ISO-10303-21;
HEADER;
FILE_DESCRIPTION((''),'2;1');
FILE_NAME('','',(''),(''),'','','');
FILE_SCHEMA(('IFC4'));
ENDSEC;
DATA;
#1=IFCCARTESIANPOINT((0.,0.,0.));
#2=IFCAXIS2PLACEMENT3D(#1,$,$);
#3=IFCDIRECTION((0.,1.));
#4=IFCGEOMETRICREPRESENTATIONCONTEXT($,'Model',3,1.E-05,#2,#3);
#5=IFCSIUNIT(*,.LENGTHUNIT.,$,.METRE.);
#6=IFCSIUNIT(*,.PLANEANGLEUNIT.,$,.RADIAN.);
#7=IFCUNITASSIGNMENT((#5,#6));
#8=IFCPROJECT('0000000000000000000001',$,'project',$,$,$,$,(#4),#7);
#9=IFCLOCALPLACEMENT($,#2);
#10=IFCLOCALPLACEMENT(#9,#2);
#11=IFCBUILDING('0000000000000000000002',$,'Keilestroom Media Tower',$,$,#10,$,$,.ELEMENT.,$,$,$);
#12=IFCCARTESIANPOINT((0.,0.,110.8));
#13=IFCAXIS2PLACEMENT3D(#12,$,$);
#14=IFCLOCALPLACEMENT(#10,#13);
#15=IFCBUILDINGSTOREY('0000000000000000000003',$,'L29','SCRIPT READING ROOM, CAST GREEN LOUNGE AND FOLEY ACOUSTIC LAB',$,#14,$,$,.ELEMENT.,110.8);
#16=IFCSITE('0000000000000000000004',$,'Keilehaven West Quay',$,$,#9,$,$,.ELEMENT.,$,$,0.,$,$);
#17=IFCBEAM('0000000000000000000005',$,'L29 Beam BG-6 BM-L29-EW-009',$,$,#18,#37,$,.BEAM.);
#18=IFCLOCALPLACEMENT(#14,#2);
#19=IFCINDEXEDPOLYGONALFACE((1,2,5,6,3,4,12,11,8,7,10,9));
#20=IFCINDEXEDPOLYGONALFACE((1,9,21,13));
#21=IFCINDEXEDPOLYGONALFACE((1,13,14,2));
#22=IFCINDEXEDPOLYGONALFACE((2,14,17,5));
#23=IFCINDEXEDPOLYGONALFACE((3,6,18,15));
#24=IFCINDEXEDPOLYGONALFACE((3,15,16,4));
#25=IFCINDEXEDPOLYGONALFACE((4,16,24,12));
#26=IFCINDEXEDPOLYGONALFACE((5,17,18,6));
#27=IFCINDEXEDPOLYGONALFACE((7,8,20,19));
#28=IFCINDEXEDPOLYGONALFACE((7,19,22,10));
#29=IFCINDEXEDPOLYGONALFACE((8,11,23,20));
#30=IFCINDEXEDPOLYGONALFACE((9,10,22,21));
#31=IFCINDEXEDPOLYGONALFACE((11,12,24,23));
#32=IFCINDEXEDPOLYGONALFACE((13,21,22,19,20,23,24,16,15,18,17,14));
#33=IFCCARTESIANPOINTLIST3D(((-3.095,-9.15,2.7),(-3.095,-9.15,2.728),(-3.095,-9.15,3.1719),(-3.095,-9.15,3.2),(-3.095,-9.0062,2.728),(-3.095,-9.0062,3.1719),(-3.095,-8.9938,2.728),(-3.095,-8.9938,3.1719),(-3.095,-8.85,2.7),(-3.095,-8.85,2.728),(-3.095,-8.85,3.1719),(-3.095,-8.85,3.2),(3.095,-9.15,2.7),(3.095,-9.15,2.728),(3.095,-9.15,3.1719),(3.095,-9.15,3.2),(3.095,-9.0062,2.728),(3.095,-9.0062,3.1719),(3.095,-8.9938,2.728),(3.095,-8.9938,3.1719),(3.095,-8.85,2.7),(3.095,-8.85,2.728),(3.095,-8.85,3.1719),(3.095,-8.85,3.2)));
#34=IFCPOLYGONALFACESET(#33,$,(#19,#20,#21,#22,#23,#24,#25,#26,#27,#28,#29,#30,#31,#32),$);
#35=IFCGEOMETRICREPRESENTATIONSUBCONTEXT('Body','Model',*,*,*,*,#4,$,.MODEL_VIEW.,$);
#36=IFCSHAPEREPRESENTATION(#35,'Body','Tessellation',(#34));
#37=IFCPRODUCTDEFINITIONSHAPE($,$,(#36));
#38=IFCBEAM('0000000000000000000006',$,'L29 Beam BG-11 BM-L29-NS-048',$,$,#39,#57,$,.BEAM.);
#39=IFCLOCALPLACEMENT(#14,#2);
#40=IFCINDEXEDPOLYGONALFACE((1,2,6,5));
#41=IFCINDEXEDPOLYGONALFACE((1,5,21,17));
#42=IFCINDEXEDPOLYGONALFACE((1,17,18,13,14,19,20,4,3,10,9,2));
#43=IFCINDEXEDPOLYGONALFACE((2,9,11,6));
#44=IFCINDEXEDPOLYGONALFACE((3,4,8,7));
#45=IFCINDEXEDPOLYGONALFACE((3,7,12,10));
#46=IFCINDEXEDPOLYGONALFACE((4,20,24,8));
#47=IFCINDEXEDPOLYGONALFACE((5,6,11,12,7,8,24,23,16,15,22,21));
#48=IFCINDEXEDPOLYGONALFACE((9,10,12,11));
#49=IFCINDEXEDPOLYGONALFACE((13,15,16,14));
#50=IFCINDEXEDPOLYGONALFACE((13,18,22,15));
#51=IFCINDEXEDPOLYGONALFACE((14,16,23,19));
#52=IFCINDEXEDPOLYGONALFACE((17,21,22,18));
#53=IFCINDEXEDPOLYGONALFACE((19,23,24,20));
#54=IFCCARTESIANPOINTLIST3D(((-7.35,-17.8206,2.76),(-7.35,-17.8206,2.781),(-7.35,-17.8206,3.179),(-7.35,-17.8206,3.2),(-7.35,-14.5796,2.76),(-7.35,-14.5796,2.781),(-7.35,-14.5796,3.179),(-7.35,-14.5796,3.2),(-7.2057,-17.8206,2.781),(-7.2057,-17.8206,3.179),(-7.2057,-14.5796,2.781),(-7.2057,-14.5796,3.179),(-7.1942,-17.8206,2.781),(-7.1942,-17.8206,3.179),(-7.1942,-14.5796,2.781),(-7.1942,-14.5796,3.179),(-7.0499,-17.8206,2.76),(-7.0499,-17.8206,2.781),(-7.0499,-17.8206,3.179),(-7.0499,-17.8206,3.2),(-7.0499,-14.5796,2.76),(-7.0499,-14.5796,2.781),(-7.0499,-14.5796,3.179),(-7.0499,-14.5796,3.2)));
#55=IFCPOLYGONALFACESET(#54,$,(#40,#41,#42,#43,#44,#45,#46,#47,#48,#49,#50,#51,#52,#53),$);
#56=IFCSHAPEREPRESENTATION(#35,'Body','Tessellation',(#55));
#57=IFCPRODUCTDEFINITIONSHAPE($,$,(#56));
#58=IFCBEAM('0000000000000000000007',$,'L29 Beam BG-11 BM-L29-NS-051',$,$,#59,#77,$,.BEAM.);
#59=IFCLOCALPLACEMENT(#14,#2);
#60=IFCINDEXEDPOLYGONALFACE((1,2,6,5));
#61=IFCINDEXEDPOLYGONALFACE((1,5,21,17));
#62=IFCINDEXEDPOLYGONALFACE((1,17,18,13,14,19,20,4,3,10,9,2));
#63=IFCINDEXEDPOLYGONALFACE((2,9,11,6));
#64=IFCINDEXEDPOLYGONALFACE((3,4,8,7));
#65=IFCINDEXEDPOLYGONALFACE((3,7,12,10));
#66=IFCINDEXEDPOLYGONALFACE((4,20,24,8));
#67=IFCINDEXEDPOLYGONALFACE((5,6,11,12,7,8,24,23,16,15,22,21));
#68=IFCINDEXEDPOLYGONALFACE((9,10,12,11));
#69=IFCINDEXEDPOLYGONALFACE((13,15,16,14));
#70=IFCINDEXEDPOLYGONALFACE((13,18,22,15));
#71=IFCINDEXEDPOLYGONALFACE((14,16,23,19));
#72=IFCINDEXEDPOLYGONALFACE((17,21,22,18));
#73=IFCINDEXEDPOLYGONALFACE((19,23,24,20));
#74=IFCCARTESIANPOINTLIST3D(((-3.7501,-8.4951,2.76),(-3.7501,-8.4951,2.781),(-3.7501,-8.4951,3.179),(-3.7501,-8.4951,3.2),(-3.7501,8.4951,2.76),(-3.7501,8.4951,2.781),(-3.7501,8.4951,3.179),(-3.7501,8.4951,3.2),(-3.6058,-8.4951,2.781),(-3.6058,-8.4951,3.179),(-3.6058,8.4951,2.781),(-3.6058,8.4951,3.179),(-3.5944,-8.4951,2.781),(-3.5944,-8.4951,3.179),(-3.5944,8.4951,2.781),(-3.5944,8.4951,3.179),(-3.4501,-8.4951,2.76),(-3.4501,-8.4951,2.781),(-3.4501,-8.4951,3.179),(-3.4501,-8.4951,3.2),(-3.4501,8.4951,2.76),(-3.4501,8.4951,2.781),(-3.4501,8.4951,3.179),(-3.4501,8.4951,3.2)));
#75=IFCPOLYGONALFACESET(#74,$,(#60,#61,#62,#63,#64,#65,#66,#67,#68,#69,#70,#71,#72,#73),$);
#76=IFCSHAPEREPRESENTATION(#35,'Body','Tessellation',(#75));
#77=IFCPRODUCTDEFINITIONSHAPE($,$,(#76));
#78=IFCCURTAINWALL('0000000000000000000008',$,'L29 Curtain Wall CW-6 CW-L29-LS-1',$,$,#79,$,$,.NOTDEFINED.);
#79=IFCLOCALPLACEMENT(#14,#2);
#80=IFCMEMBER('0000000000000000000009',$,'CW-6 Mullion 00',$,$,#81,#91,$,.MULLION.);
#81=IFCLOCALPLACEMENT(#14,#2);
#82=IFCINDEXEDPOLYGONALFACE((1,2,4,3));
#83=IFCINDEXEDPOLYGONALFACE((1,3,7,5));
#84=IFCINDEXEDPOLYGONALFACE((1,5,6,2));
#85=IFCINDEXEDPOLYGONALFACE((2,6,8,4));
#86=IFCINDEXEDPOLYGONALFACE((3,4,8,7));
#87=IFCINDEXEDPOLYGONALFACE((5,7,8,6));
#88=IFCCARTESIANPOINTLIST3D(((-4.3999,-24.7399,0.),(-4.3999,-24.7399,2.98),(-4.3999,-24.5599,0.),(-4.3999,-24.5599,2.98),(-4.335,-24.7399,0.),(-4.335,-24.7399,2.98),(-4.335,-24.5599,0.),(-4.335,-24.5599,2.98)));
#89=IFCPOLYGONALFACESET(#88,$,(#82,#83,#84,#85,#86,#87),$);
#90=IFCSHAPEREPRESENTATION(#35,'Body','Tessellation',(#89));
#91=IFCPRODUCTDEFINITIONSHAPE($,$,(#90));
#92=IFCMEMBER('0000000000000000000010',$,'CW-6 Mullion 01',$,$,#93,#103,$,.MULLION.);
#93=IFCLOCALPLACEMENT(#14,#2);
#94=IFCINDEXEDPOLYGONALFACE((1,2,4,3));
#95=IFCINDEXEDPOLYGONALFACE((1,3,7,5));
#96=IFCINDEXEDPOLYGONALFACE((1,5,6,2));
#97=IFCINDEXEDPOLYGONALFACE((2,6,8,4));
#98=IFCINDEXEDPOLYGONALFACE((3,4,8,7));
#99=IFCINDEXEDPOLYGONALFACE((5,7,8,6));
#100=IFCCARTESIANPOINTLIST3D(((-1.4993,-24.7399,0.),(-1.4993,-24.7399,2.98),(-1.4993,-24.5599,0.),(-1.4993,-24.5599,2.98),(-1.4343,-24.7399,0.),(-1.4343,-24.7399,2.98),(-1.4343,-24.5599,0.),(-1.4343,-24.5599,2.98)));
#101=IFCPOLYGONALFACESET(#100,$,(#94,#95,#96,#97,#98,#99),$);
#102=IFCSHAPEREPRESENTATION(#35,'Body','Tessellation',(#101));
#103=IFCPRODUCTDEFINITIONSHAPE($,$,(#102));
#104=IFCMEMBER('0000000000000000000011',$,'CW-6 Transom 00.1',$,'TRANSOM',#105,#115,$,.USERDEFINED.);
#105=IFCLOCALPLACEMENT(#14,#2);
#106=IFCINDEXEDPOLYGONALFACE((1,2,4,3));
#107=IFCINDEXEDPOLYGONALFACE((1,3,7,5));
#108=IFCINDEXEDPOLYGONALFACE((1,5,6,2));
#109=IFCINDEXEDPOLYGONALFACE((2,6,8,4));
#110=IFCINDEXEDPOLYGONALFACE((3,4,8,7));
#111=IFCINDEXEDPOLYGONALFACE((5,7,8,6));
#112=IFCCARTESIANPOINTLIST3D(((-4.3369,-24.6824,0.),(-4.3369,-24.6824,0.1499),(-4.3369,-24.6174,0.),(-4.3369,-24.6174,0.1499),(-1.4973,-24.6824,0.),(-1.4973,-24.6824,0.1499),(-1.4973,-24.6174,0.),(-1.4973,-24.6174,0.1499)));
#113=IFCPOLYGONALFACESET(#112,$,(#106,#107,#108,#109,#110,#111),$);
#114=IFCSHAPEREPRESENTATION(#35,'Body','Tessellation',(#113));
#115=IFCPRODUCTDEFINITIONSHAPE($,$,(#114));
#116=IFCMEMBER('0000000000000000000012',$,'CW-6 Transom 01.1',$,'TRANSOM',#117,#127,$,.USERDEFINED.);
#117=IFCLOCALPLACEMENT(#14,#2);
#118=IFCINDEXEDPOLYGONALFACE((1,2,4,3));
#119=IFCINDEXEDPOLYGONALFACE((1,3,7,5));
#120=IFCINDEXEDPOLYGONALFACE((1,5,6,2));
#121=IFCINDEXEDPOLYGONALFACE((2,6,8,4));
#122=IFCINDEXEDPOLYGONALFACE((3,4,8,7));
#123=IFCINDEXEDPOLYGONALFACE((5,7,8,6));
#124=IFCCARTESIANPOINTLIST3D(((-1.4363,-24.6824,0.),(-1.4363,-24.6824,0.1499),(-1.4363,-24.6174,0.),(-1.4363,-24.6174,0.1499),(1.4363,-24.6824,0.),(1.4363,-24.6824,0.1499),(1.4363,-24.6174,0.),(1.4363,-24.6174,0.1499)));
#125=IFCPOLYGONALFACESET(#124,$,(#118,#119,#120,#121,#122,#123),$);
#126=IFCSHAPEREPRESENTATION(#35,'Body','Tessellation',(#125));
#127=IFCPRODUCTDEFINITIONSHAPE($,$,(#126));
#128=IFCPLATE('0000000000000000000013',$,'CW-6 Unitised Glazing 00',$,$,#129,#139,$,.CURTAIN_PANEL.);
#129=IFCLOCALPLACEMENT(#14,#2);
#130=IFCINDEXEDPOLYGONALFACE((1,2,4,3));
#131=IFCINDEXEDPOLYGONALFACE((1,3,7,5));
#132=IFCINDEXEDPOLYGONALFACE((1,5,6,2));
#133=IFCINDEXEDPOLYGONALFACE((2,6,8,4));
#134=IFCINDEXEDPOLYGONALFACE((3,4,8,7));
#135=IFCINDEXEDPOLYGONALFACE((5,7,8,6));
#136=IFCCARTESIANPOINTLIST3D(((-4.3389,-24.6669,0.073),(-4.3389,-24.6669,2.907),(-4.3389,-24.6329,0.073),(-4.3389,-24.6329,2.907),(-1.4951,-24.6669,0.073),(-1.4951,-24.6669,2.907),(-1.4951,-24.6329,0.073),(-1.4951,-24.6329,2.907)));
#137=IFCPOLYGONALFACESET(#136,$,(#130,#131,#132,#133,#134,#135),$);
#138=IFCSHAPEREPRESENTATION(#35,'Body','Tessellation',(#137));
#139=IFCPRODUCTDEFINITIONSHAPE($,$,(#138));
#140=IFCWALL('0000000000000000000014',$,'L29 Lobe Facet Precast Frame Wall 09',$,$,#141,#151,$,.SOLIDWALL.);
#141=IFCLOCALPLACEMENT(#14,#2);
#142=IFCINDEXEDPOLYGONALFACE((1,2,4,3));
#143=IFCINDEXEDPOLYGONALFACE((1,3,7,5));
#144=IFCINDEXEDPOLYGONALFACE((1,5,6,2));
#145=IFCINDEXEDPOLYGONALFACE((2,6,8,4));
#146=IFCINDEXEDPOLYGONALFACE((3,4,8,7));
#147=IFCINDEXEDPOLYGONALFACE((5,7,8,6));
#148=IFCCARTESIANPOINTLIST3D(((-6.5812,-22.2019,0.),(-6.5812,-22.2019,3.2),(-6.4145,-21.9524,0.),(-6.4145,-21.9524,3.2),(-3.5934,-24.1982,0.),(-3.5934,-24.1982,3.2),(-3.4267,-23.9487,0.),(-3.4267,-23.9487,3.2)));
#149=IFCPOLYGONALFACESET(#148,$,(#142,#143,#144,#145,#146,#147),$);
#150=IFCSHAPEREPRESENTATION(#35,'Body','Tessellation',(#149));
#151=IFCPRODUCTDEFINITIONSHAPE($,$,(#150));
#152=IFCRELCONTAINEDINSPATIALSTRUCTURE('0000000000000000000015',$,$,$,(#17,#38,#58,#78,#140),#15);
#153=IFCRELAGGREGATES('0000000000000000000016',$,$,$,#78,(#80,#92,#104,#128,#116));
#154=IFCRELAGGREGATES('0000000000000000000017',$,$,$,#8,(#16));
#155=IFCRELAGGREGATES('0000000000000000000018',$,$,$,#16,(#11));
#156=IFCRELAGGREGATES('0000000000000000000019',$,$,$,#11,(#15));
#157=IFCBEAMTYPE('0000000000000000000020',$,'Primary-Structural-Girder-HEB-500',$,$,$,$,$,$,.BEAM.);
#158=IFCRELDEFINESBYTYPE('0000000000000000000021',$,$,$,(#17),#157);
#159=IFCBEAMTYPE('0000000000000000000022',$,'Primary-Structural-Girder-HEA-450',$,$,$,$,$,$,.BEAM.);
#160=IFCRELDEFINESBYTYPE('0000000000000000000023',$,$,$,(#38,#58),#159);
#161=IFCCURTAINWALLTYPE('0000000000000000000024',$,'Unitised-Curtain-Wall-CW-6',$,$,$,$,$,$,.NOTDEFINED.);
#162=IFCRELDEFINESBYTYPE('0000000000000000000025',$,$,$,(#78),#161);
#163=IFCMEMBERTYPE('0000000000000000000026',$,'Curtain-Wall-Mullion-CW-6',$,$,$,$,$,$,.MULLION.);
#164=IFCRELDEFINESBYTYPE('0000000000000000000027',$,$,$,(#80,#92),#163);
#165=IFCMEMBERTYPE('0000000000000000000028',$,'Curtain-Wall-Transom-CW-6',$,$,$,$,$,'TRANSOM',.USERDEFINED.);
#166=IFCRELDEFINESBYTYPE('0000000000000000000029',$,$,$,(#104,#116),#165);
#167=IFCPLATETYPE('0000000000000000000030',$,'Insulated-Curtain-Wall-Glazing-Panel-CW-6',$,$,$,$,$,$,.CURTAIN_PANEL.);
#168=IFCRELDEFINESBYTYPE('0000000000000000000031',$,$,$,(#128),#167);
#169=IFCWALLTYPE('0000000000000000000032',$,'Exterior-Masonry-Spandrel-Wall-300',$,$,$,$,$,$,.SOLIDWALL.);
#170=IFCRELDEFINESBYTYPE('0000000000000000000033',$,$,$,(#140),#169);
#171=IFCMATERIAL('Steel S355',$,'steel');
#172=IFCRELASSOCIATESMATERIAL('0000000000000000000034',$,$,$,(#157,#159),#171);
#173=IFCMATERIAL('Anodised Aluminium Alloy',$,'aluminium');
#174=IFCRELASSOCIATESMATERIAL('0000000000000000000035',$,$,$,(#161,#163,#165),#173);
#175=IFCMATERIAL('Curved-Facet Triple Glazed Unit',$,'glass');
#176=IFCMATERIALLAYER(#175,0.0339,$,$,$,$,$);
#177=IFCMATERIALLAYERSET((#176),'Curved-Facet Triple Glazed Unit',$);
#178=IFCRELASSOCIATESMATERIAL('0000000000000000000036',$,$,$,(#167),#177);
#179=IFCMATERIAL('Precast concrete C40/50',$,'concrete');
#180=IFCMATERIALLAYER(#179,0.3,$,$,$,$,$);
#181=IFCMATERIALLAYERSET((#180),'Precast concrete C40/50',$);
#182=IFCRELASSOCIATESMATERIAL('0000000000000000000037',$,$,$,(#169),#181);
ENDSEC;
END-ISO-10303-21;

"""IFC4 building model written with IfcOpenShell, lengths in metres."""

from ifc_helpers import new_model, si_unit, direction, frame, frame_2d, origin, origin_2d, place, context, subcontext, project, spatial, rectangle, i_section, extrude, source, transform, mapped, material, layer, layer_set, material_profile, profile_set, type_object, element, aggregate, save


model = new_model("IFC4")

# Units and contexts
model_context = context("Model", 3, precision=1e-05, world=origin(), true_north=direction((0.0, 1.0)))
body_context = subcontext(model_context, "Body", "Model", "MODEL_VIEW")
ifc_project = project(units=[si_unit("LENGTHUNIT", "METRE"), si_unit("PLANEANGLEUNIT", "RADIAN")], contexts=[model_context])

# Site, building, storey
site_placement = place(None, origin())
site = spatial("IfcSite", under=ifc_project, at=site_placement, Name="Keilehaven West Quay", CompositionType="ELEMENT", RefElevation=0.0)
building_placement = place(site_placement, origin())
building = spatial("IfcBuilding", under=site, at=building_placement, Name="Keilestroom Media Tower", CompositionType="ELEMENT")
storey_placement = place(building_placement, frame((0.0, 0.0, 110.8)))
storey = spatial("IfcBuildingStorey", under=building, at=storey_placement, Name="L29", Description="SCRIPT READING ROOM, CAST GREEN LOUNGE AND FOLEY ACOUSTIC LAB", CompositionType="ELEMENT", Elevation=110.8)

# Shared definitions
ifc_material_1 = material(Name="Steel S355", Category="steel")

# Beams
ifc_material_profile_1 = material_profile(ifc_material_1, i_section(OverallWidth=0.3, OverallDepth=0.5, WebThickness=0.0125, FlangeThickness=0.0281, at=origin_2d()), Name="HEB 500")
ifc_profile_set_1 = profile_set([ifc_material_profile_1], Name="Steel S355")
beam_type_1 = type_object("IfcBeamType", Name="Primary-Structural-Girder-HEB-500", PredefinedType="BEAM", material=ifc_profile_set_1)
shared_shape_1 = source(origin(), body_context, "Body", "SweptSolid", [
    extrude(i_section(OverallWidth=0.3, OverallDepth=0.5, WebThickness=0.0125, FlangeThickness=0.0281, at=origin_2d()), origin(), (0.0, 0.0, 1.0), 6.1899),
])
beam_1_placement = place(storey_placement, frame((-3.095, -9.0, 2.95), z_axis=(1.0, 0.0, 0.0), x_axis=(0.0, 1.0, 0.0)))
element("IfcBeam", 1, at=beam_1_placement, inside=storey, type_object=beam_type_1, Name="L29 Beam BG-6 BM-L29-EW-009", PredefinedType="BEAM", context=body_context, shape_type="MappedRepresentation", body=[
    mapped(shared_shape_1, transform((0.0, 0.0, 0.0), x_axis=(1.0, 0.0, 0.0), y_axis=(0.0, 1.0, 0.0), z_axis=(0.0, 0.0, 1.0), scale=1.0)),
])
ifc_material_profile_2 = material_profile(ifc_material_1, i_section(OverallWidth=0.3, OverallDepth=0.4399, WebThickness=0.0115, FlangeThickness=0.021, at=origin_2d()), Name="HEA 450")
ifc_profile_set_2 = profile_set([ifc_material_profile_2], Name="Steel S355")
beam_type_2 = type_object("IfcBeamType", Name="Primary-Structural-Girder-HEA-450", PredefinedType="BEAM", material=ifc_profile_set_2)
shared_shape_2 = source(origin(), body_context, "Body", "SweptSolid", [
    extrude(i_section(OverallWidth=0.3, OverallDepth=0.4399, WebThickness=0.0115, FlangeThickness=0.021, at=origin_2d()), origin(), (0.0, 0.0, 1.0), 3.241),
])
beam_2_placement = place(storey_placement, frame((-7.2, -17.8206, 2.98), z_axis=(0.0, 1.0, 0.0), x_axis=(-1.0, 0.0, 0.0)))
element("IfcBeam", 2, at=beam_2_placement, inside=storey, type_object=beam_type_2, Name="L29 Beam BG-11 BM-L29-NS-048", PredefinedType="BEAM", context=body_context, shape_type="MappedRepresentation", body=[
    mapped(shared_shape_2, transform((0.0, 0.0, 0.0), x_axis=(1.0, 0.0, 0.0), y_axis=(0.0, 1.0, 0.0), z_axis=(0.0, 0.0, 1.0), scale=1.0)),
])
shared_shape_3 = source(origin(), body_context, "Body", "SweptSolid", [
    extrude(i_section(OverallWidth=0.3, OverallDepth=0.4399, WebThickness=0.0115, FlangeThickness=0.021, at=origin_2d()), origin(), (0.0, 0.0, 1.0), 16.9902),
])
beam_3_placement = place(storey_placement, frame((-3.6001, -8.4951, 2.98), z_axis=(0.0, 1.0, 0.0), x_axis=(-1.0, 0.0, 0.0)))
element("IfcBeam", 3, at=beam_3_placement, inside=storey, type_object=beam_type_2, Name="L29 Beam BG-11 BM-L29-NS-051", PredefinedType="BEAM", context=body_context, shape_type="MappedRepresentation", body=[
    mapped(shared_shape_3, transform((0.0, 0.0, 0.0), x_axis=(1.0, 0.0, 0.0), y_axis=(0.0, 1.0, 0.0), z_axis=(0.0, 0.0, 1.0), scale=1.0)),
])

# Curtain wall, members, plate
ifc_material_2 = material(Name="Anodised Aluminium Alloy", Category="aluminium")
curtain_wall_type = type_object("IfcCurtainWallType", Name="Unitised-Curtain-Wall-CW-6", PredefinedType="NOTDEFINED", material=ifc_material_2)
curtain_wall_placement = place(storey_placement, origin())
curtain_wall = element("IfcCurtainWall", 4, at=curtain_wall_placement, inside=storey, type_object=curtain_wall_type, Name="L29 Curtain Wall CW-6 CW-L29-LS-1", PredefinedType="NOTDEFINED")
ifc_material_profile_3 = material_profile(ifc_material_2, rectangle(XDim=0.0649, YDim=0.1799, at=origin_2d()), Name="ALU MULLION 65x180")
ifc_profile_set_3 = profile_set([ifc_material_profile_3], Name="Anodised Aluminium Alloy")
member_type_1 = type_object("IfcMemberType", Name="Curtain-Wall-Mullion-CW-6", PredefinedType="MULLION", material=ifc_profile_set_3)
shared_shape_4 = source(origin(), body_context, "Body", "SweptSolid", [
    extrude(rectangle(XDim=0.0649, YDim=0.1799, at=origin_2d()), origin(), (0.0, 0.0, 1.0), 2.98),
])
member_1_placement = place(storey_placement, frame((-4.3674, -24.6499, 0.0), z_axis=(0.0, 0.0, 1.0), x_axis=(1.0, 0.0, 0.0)))
member_1 = element("IfcMember", 5, at=member_1_placement, type_object=member_type_1, Name="CW-6 Mullion 00", PredefinedType="MULLION", context=body_context, shape_type="MappedRepresentation", body=[
    mapped(shared_shape_4, transform((0.0, 0.0, 0.0), x_axis=(1.0, 0.0, 0.0), y_axis=(0.0, 1.0, 0.0), z_axis=(0.0, 0.0, 1.0), scale=1.0)),
])
member_2_placement = place(storey_placement, frame((-1.4668, -24.6499, 0.0), z_axis=(0.0, 0.0, 1.0), x_axis=(1.0, 0.0, 0.0)))
member_2 = element("IfcMember", 6, at=member_2_placement, type_object=member_type_1, Name="CW-6 Mullion 01", PredefinedType="MULLION", context=body_context, shape_type="MappedRepresentation", body=[
    mapped(shared_shape_4, transform((0.0, 0.0, 0.0), x_axis=(1.0, 0.0, 0.0), y_axis=(0.0, 1.0, 0.0), z_axis=(0.0, 0.0, 1.0), scale=1.0)),
])
ifc_material_profile_4 = material_profile(ifc_material_2, rectangle(XDim=0.0649, YDim=0.1499, at=origin_2d()), Name="ALU TRANSOM 65x150")
ifc_profile_set_4 = profile_set([ifc_material_profile_4], Name="Anodised Aluminium Alloy")
member_type_2 = type_object("IfcMemberType", Name="Curtain-Wall-Transom-CW-6", ElementType="TRANSOM", PredefinedType="USERDEFINED", material=ifc_profile_set_4)
shared_shape_5 = source(origin(), body_context, "Body", "SweptSolid", [
    extrude(rectangle(XDim=0.0649, YDim=0.1499, at=origin_2d()), origin(), (0.0, 0.0, 1.0), 2.8396),
])
member_3_placement = place(storey_placement, frame((-4.3369, -24.6499, 0.075), z_axis=(1.0, 0.0, 0.0), x_axis=(0.0, 1.0, 0.0)))
member_3 = element("IfcMember", 7, at=member_3_placement, type_object=member_type_2, Name="CW-6 Transom 00.1", ObjectType="TRANSOM", PredefinedType="USERDEFINED", context=body_context, shape_type="MappedRepresentation", body=[
    mapped(shared_shape_5, transform((0.0, 0.0, 0.0), x_axis=(1.0, 0.0, 0.0), y_axis=(0.0, 1.0, 0.0), z_axis=(0.0, 0.0, 1.0), scale=1.0)),
])
shared_shape_6 = source(origin(), body_context, "Body", "SweptSolid", [
    extrude(rectangle(XDim=0.0649, YDim=0.1499, at=origin_2d()), origin(), (0.0, 0.0, 1.0), 2.8726),
])
member_4_placement = place(storey_placement, frame((-1.4363, -24.6499, 0.075), z_axis=(1.0, 0.0, 0.0), x_axis=(0.0, 1.0, 0.0)))
member_4 = element("IfcMember", 8, at=member_4_placement, type_object=member_type_2, Name="CW-6 Transom 01.1", ObjectType="TRANSOM", PredefinedType="USERDEFINED", context=body_context, shape_type="MappedRepresentation", body=[
    mapped(shared_shape_6, transform((0.0, 0.0, 0.0), x_axis=(1.0, 0.0, 0.0), y_axis=(0.0, 1.0, 0.0), z_axis=(0.0, 0.0, 1.0), scale=1.0)),
])
ifc_material_3 = material(Name="Curved-Facet Triple Glazed Unit", Category="glass")
ifc_layer_1 = layer(ifc_material_3, 0.0339)
ifc_layer_set_1 = layer_set([ifc_layer_1], Name="Curved-Facet Triple Glazed Unit")
plate_type = type_object("IfcPlateType", Name="Insulated-Curtain-Wall-Glazing-Panel-CW-6", PredefinedType="CURTAIN_PANEL", material=ifc_layer_set_1)
shared_shape_7 = source(origin(), body_context, "Body", "SweptSolid", [
    extrude(rectangle(XDim=2.8438, YDim=0.0339, at=origin_2d()), origin(), (0.0, 0.0, 1.0), 2.834),
])
plate_placement = place(storey_placement, frame((-2.917, -24.6499, 0.073), z_axis=(0.0, 0.0, 1.0), x_axis=(1.0, 0.0, 0.0)))
plate = element("IfcPlate", 9, at=plate_placement, type_object=plate_type, Name="CW-6 Unitised Glazing 00", PredefinedType="CURTAIN_PANEL", context=body_context, shape_type="MappedRepresentation", body=[
    mapped(shared_shape_7, transform((0.0, 0.0, 0.0), x_axis=(1.0, 0.0, 0.0), y_axis=(0.0, 1.0, 0.0), z_axis=(0.0, 0.0, 1.0), scale=1.0)),
])
aggregate(curtain_wall, [member_1, member_2, member_3, plate, member_4])

# Wall
ifc_material_4 = material(Name="Precast concrete C40/50", Category="concrete")
ifc_layer_2 = layer(ifc_material_4, 0.3)
ifc_layer_set_2 = layer_set([ifc_layer_2], Name="Precast concrete C40/50")
wall_type_1 = type_object("IfcWallType", Name="Exterior-Masonry-Spandrel-Wall-300", PredefinedType="SOLIDWALL", material=ifc_layer_set_2)
wall_1_placement = place(storey_placement, frame((-6.4978, -22.0771, 0.0), z_axis=(0.0, 0.0, 1.0), x_axis=(0.831475, -0.555562, 0.0)))
element("IfcWall", 10, at=wall_1_placement, inside=storey, type_object=wall_type_1, Name="L29 Lobe Facet Precast Frame Wall 09", PredefinedType="SOLIDWALL", context=body_context, shape_type="SweptSolid", body=[
    extrude(rectangle(XDim=3.5933, YDim=0.3, at=frame_2d((1.7966, 0.0))), origin(), (0.0, 0.0, 1.0), 3.2),
])

save(model, "model.ifc")
